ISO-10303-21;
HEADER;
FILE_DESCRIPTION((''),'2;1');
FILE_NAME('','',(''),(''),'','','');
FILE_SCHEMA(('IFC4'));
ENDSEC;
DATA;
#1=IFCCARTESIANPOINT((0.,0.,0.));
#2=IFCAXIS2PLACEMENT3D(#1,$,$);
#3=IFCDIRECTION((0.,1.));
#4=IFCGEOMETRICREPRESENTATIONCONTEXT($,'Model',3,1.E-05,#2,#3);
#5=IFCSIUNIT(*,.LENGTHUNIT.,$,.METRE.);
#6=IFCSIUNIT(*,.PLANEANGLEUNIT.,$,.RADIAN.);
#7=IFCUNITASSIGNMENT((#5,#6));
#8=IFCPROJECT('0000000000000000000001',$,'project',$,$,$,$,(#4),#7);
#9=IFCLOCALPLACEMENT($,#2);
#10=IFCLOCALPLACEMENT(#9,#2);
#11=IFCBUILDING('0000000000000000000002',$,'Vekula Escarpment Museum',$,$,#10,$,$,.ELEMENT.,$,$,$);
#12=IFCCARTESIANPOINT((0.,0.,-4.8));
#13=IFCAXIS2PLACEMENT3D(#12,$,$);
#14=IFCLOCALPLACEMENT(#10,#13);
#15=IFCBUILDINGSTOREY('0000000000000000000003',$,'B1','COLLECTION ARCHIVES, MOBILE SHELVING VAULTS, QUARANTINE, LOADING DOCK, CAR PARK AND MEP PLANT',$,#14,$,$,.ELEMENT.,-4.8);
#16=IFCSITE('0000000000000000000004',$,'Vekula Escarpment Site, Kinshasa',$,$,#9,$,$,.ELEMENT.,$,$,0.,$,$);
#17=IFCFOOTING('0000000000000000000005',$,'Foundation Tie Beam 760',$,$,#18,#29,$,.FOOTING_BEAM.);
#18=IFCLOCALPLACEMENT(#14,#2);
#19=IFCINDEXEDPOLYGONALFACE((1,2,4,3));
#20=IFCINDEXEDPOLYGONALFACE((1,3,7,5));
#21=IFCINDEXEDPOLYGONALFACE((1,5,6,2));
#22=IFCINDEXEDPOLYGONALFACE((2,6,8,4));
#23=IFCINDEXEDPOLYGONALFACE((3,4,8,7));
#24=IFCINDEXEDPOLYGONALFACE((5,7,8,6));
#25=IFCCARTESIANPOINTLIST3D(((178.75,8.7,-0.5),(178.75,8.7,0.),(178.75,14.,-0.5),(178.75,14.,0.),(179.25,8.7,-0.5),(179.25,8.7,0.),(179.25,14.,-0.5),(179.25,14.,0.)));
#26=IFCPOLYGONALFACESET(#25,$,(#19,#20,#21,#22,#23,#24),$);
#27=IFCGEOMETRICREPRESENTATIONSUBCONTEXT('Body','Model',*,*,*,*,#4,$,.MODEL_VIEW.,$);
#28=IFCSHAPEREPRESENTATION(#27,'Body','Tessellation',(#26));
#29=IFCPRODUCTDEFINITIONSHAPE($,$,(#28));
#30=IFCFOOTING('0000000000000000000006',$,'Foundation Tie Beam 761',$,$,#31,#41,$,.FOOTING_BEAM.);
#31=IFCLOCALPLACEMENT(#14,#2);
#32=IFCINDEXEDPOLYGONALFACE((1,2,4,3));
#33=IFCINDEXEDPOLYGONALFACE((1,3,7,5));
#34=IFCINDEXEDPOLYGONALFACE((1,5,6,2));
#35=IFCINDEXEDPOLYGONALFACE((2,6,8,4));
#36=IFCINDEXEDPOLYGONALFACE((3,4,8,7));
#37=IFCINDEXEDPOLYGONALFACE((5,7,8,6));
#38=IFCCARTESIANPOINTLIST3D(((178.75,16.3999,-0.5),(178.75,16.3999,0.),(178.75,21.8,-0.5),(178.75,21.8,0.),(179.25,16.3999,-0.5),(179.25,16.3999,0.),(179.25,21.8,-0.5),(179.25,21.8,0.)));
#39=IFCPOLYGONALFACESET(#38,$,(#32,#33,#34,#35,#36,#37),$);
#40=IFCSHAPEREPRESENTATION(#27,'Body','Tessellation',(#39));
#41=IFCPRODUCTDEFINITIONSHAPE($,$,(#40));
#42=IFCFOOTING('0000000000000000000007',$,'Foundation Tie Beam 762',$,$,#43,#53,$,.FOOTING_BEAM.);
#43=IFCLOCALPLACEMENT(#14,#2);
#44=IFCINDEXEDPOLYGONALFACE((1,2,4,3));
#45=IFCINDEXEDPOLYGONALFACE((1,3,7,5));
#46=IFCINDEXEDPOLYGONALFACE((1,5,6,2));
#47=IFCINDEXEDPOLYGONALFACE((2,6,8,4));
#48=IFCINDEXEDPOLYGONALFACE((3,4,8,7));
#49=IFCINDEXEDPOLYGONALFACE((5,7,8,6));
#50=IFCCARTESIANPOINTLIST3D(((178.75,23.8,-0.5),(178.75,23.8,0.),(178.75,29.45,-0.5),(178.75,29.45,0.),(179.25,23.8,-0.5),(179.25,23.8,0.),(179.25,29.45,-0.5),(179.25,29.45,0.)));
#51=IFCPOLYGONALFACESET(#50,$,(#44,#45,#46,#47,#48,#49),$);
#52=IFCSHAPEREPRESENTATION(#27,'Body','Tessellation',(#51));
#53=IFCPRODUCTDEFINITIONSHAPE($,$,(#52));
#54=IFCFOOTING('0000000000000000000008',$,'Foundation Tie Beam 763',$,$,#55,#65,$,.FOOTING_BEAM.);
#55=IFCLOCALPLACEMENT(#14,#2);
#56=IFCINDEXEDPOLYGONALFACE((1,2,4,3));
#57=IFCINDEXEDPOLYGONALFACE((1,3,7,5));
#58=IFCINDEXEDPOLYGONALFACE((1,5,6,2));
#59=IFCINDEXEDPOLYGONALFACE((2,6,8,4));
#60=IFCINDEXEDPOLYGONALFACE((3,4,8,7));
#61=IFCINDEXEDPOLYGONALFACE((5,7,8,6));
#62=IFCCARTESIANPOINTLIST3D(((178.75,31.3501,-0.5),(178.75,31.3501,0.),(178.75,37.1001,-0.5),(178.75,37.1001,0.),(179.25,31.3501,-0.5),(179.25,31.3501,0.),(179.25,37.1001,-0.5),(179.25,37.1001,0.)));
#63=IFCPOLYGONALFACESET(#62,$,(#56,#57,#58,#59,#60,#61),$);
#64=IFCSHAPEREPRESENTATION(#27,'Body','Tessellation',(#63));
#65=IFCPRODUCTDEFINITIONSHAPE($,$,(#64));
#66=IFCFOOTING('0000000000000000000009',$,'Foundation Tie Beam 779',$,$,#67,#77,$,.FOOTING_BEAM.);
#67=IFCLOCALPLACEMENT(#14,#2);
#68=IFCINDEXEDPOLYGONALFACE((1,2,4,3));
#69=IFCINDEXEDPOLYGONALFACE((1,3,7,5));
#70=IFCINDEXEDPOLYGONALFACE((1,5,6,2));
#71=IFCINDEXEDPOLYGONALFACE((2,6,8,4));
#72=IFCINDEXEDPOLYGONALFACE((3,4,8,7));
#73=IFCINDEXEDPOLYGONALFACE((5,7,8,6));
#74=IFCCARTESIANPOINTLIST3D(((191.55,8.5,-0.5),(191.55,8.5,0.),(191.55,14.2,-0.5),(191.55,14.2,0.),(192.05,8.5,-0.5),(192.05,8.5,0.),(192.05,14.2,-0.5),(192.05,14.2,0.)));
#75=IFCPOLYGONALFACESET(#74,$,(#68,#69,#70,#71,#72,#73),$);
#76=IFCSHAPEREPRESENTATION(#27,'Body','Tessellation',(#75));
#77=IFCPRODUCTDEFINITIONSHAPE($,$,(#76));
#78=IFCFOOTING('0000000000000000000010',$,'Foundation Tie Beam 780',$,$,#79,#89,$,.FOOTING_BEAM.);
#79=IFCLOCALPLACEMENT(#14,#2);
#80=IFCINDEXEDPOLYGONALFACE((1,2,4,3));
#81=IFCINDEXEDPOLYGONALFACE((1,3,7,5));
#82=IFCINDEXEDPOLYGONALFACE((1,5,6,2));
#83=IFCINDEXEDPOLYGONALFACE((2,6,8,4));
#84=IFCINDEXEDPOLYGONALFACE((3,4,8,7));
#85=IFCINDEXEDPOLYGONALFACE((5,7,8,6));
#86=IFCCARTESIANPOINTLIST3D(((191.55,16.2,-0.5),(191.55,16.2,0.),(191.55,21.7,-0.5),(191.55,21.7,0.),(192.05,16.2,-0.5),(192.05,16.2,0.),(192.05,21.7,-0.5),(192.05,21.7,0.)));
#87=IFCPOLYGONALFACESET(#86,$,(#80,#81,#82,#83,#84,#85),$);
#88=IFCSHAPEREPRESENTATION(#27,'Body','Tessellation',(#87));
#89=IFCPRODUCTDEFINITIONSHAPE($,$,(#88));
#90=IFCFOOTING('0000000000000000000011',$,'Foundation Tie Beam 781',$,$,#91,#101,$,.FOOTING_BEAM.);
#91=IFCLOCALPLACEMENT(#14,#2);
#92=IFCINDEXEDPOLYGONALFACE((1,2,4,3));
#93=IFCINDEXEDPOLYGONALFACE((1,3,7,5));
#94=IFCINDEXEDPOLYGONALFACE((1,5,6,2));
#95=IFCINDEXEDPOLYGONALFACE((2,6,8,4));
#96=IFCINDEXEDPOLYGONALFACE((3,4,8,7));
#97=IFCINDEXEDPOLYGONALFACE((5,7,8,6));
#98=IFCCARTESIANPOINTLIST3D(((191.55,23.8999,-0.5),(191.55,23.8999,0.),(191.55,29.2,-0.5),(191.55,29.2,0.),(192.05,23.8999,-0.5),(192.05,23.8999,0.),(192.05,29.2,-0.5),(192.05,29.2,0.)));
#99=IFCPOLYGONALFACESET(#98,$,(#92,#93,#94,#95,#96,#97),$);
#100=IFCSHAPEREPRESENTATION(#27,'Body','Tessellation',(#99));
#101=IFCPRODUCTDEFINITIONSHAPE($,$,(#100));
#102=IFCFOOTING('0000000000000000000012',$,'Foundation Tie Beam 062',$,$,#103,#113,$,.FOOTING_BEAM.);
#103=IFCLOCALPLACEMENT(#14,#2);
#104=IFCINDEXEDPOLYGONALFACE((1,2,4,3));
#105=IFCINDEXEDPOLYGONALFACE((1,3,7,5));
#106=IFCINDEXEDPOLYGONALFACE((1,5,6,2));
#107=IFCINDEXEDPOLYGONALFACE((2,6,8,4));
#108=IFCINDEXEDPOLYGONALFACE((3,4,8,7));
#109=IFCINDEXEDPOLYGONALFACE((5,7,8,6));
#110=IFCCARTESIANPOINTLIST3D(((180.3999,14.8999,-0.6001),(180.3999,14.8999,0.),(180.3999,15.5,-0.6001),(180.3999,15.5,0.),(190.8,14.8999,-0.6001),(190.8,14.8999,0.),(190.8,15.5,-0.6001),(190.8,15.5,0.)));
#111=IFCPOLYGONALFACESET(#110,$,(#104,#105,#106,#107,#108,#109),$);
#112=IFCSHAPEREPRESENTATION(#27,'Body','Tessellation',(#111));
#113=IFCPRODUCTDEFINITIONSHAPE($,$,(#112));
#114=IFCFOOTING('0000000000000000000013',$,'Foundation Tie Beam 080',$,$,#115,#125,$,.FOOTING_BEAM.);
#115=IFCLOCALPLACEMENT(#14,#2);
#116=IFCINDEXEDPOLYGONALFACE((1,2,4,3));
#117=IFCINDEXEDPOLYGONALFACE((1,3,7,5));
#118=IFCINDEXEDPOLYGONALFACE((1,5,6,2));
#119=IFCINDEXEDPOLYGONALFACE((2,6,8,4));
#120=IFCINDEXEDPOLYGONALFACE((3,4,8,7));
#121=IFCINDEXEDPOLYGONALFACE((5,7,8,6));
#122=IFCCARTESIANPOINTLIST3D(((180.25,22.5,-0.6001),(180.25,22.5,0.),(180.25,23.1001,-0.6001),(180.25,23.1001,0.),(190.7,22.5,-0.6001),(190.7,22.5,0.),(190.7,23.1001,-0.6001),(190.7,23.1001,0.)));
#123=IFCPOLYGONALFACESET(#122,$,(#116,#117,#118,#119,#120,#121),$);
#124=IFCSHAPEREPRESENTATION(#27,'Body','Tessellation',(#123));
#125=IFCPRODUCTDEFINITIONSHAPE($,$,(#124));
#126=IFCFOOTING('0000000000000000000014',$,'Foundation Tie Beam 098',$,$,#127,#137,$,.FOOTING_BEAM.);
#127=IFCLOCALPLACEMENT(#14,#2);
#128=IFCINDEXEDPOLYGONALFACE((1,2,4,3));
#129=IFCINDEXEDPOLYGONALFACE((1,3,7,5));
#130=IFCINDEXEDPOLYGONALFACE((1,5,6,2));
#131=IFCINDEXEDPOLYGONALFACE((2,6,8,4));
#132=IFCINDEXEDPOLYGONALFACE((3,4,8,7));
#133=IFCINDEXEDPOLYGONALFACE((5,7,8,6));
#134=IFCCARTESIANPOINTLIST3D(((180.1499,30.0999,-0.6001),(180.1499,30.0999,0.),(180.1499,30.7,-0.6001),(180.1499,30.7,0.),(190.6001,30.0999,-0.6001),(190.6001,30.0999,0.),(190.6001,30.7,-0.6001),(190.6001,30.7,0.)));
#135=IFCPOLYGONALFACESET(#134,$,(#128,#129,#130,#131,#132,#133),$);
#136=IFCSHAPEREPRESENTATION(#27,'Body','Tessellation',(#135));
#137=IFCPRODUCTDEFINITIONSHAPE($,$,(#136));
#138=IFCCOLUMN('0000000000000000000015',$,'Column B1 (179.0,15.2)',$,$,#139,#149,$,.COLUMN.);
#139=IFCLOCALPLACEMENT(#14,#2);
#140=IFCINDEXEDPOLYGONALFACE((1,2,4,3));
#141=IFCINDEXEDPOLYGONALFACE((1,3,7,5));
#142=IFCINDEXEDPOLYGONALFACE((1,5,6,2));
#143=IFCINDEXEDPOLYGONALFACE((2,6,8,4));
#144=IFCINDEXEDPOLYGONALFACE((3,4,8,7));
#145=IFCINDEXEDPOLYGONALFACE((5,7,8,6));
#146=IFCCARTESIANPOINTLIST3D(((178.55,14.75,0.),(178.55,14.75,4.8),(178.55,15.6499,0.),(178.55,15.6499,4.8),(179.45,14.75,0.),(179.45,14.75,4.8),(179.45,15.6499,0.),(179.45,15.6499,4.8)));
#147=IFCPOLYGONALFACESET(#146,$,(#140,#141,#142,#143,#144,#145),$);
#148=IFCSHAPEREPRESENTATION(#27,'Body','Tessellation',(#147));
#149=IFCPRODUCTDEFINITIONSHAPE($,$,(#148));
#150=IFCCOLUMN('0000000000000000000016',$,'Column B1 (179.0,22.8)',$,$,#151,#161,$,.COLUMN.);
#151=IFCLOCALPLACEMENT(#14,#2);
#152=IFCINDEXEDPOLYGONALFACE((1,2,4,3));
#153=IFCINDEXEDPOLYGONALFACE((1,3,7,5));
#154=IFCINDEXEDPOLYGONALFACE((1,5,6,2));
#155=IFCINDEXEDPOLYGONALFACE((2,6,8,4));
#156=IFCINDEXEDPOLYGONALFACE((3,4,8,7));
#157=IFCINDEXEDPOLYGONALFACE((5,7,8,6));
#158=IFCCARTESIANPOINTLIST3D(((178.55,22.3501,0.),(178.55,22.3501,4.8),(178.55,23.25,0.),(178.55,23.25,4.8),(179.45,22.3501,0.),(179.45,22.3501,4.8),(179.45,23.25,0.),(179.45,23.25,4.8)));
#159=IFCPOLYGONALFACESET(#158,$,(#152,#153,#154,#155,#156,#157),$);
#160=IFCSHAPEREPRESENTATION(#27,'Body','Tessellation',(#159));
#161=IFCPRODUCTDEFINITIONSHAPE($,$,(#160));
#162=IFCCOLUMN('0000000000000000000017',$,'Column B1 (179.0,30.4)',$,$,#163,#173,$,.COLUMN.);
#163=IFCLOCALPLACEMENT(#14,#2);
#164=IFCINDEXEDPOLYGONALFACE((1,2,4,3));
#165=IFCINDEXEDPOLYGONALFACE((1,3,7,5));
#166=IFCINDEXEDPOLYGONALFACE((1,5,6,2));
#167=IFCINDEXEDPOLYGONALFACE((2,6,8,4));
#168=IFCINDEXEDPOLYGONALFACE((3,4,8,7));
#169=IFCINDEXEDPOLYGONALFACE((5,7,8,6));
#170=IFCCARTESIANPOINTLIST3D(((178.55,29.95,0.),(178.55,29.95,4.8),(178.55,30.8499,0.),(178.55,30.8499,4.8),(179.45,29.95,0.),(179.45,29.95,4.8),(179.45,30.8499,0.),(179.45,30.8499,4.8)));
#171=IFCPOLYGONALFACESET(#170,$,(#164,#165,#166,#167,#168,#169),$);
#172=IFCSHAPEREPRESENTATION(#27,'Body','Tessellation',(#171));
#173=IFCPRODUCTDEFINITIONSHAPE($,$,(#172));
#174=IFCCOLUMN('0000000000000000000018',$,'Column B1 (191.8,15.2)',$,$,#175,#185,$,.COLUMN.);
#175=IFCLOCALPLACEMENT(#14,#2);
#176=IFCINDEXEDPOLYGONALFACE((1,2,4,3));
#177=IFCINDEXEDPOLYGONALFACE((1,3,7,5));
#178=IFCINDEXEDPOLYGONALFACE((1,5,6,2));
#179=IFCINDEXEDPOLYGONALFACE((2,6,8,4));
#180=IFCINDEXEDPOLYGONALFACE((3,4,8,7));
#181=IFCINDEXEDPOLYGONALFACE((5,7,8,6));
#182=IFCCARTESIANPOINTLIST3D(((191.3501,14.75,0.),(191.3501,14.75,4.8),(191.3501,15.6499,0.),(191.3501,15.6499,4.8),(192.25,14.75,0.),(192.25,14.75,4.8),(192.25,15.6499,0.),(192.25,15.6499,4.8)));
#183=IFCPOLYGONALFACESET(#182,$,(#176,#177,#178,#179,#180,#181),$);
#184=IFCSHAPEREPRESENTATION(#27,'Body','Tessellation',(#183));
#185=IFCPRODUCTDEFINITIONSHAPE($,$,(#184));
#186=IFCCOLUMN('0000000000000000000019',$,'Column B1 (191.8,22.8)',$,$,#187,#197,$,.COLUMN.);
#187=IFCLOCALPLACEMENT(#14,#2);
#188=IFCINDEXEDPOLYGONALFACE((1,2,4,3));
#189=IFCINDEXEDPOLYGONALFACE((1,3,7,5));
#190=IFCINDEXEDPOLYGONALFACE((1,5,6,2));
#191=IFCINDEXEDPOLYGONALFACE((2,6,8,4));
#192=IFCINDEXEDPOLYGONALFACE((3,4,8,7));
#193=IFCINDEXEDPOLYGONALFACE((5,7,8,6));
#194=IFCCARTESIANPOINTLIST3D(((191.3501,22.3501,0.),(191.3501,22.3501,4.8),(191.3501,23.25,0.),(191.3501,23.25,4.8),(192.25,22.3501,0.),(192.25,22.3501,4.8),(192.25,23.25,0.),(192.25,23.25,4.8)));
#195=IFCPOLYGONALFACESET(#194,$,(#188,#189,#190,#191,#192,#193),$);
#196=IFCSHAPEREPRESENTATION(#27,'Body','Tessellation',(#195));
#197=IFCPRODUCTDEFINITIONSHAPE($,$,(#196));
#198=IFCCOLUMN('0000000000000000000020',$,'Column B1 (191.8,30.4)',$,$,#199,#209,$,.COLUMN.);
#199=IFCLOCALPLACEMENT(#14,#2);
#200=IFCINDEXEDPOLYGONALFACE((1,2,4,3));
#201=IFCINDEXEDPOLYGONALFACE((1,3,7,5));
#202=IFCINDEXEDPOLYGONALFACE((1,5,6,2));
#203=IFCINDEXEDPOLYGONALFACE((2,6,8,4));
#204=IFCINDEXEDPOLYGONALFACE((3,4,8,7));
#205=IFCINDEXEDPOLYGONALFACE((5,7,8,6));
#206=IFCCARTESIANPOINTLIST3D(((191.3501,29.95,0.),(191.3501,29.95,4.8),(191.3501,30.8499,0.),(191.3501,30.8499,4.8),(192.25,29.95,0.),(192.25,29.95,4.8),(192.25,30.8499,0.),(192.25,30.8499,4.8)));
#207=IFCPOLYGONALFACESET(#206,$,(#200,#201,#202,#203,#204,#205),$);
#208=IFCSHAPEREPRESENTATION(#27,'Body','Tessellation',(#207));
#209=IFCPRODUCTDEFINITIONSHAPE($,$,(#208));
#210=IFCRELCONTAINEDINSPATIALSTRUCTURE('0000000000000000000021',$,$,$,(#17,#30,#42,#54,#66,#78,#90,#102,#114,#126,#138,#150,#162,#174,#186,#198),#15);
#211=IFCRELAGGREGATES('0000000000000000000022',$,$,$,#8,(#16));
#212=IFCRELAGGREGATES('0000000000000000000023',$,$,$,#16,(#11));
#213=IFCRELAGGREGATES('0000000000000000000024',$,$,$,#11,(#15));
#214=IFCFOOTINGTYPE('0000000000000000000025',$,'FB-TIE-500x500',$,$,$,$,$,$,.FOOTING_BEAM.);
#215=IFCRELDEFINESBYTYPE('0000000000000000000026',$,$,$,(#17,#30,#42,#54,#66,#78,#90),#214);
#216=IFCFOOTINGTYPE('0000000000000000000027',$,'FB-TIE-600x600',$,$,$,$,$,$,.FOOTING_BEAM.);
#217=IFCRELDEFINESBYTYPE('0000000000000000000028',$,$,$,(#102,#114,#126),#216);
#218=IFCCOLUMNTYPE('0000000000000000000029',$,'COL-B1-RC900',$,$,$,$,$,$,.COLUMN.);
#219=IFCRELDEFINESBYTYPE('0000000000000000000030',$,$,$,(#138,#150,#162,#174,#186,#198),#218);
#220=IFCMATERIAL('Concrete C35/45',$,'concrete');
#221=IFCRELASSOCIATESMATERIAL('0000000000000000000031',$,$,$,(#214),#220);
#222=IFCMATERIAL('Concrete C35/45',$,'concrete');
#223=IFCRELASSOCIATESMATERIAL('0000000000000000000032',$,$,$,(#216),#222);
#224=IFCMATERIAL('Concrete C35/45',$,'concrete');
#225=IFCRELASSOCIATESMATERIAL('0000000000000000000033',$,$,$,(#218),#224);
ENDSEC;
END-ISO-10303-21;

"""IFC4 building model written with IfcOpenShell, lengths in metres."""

from ifc_helpers import new_model, si_unit, direction, frame, origin, origin_2d, place, context, subcontext, project, spatial, rectangle, extrude, material, material_profile, profile_set, type_object, element, save


model = new_model("IFC4")

# Units and contexts
model_context = context("Model", 3, precision=1e-05, world=origin(), true_north=direction((0.0, 1.0)))
body_context = subcontext(model_context, "Body", "Model", "MODEL_VIEW")
ifc_project = project(units=[si_unit("LENGTHUNIT", "METRE"), si_unit("PLANEANGLEUNIT", "RADIAN")], contexts=[model_context])

# Site, building, storey
site_placement = place(None, origin())
site = spatial("IfcSite", under=ifc_project, at=site_placement, Name="Vekula Escarpment Site, Kinshasa", CompositionType="ELEMENT", RefElevation=0.0)
building_placement = place(site_placement, origin())
building = spatial("IfcBuilding", under=site, at=building_placement, Name="Vekula Escarpment Museum", CompositionType="ELEMENT")
storey_placement = place(building_placement, frame((0.0, 0.0, -4.8)))
storey = spatial("IfcBuildingStorey", under=building, at=storey_placement, Name="B1", Description="COLLECTION ARCHIVES, MOBILE SHELVING VAULTS, QUARANTINE, LOADING DOCK, CAR PARK AND MEP PLANT", CompositionType="ELEMENT", Elevation=-4.8)

# Footings
ifc_material_1 = material(Name="Concrete C35/45", Category="concrete")
ifc_material_profile_1 = material_profile(ifc_material_1, rectangle(XDim=0.5, YDim=0.5, at=origin_2d()), Name="RC 500x500")
ifc_profile_set_1 = profile_set([ifc_material_profile_1], Name="Concrete C35/45")
footing_type_1 = type_object("IfcFootingType", Name="FB-TIE-500x500", PredefinedType="FOOTING_BEAM", material=ifc_profile_set_1)
footing_1_placement = place(storey_placement, frame((179.0, 8.7, -0.25), z_axis=(0.0, 1.0, 0.0), x_axis=(-1.0, 0.0, 0.0)))
element("IfcFooting", 1, at=footing_1_placement, inside=storey, type_object=footing_type_1, Name="Foundation Tie Beam 760", PredefinedType="FOOTING_BEAM", context=body_context, shape_type="SweptSolid", body=[
    extrude(rectangle(XDim=0.5, YDim=0.5, at=origin_2d()), origin(), (0.0, 0.0, 1.0), 5.3),
])
footing_2_placement = place(storey_placement, frame((179.0, 16.3999, -0.25), z_axis=(0.0, 1.0, 0.0), x_axis=(-1.0, 0.0, 0.0)))
element("IfcFooting", 2, at=footing_2_placement, inside=storey, type_object=footing_type_1, Name="Foundation Tie Beam 761", PredefinedType="FOOTING_BEAM", context=body_context, shape_type="SweptSolid", body=[
    extrude(rectangle(XDim=0.5, YDim=0.5, at=origin_2d()), origin(), (0.0, 0.0, 1.0), 5.4001),
])
footing_3_placement = place(storey_placement, frame((179.0, 23.8, -0.25), z_axis=(0.0, 1.0, 0.0), x_axis=(-1.0, 0.0, 0.0)))
element("IfcFooting", 3, at=footing_3_placement, inside=storey, type_object=footing_type_1, Name="Foundation Tie Beam 762", PredefinedType="FOOTING_BEAM", context=body_context, shape_type="SweptSolid", body=[
    extrude(rectangle(XDim=0.5, YDim=0.5, at=origin_2d()), origin(), (0.0, 0.0, 1.0), 5.6499),
])
footing_4_placement = place(storey_placement, frame((179.0, 31.3501, -0.25), z_axis=(0.0, 1.0, 0.0), x_axis=(-1.0, 0.0, 0.0)))
element("IfcFooting", 4, at=footing_4_placement, inside=storey, type_object=footing_type_1, Name="Foundation Tie Beam 763", PredefinedType="FOOTING_BEAM", context=body_context, shape_type="SweptSolid", body=[
    extrude(rectangle(XDim=0.5, YDim=0.5, at=origin_2d()), origin(), (0.0, 0.0, 1.0), 5.75),
])
footing_5_placement = place(storey_placement, frame((191.8, 8.5, -0.25), z_axis=(0.0, 1.0, 0.0), x_axis=(-1.0, 0.0, 0.0)))
element("IfcFooting", 5, at=footing_5_placement, inside=storey, type_object=footing_type_1, Name="Foundation Tie Beam 779", PredefinedType="FOOTING_BEAM", context=body_context, shape_type="SweptSolid", body=[
    extrude(rectangle(XDim=0.5, YDim=0.5, at=origin_2d()), origin(), (0.0, 0.0, 1.0), 5.7),
])
footing_6_placement = place(storey_placement, frame((191.8, 16.2, -0.25), z_axis=(0.0, 1.0, 0.0), x_axis=(-1.0, 0.0, 0.0)))
element("IfcFooting", 6, at=footing_6_placement, inside=storey, type_object=footing_type_1, Name="Foundation Tie Beam 780", PredefinedType="FOOTING_BEAM", context=body_context, shape_type="SweptSolid", body=[
    extrude(rectangle(XDim=0.5, YDim=0.5, at=origin_2d()), origin(), (0.0, 0.0, 1.0), 5.5),
])
footing_7_placement = place(storey_placement, frame((191.8, 23.8999, -0.25), z_axis=(0.0, 1.0, 0.0), x_axis=(-1.0, 0.0, 0.0)))
element("IfcFooting", 7, at=footing_7_placement, inside=storey, type_object=footing_type_1, Name="Foundation Tie Beam 781", PredefinedType="FOOTING_BEAM", context=body_context, shape_type="SweptSolid", body=[
    extrude(rectangle(XDim=0.5, YDim=0.5, at=origin_2d()), origin(), (0.0, 0.0, 1.0), 5.3),
])
ifc_material_2 = material(Name="Concrete C35/45", Category="concrete")
ifc_material_profile_2 = material_profile(ifc_material_2, rectangle(XDim=0.6001, YDim=0.6001, at=origin_2d()), Name="RC 600x600")
ifc_profile_set_2 = profile_set([ifc_material_profile_2], Name="Concrete C35/45")
footing_type_2 = type_object("IfcFootingType", Name="FB-TIE-600x600", PredefinedType="FOOTING_BEAM", material=ifc_profile_set_2)
footing_8_placement = place(storey_placement, frame((180.3999, 15.2, -0.3), z_axis=(1.0, 0.0, 0.0), x_axis=(0.0, 1.0, 0.0)))
element("IfcFooting", 8, at=footing_8_placement, inside=storey, type_object=footing_type_2, Name="Foundation Tie Beam 062", PredefinedType="FOOTING_BEAM", context=body_context, shape_type="SweptSolid", body=[
    extrude(rectangle(XDim=0.6001, YDim=0.6001, at=origin_2d()), origin(), (0.0, 0.0, 1.0), 10.4001),
])
footing_9_placement = place(storey_placement, frame((180.25, 22.8, -0.3), z_axis=(1.0, 0.0, 0.0), x_axis=(0.0, 1.0, 0.0)))
element("IfcFooting", 9, at=footing_9_placement, inside=storey, type_object=footing_type_2, Name="Foundation Tie Beam 080", PredefinedType="FOOTING_BEAM", context=body_context, shape_type="SweptSolid", body=[
    extrude(rectangle(XDim=0.6001, YDim=0.6001, at=origin_2d()), origin(), (0.0, 0.0, 1.0), 10.45),
])
footing_10_placement = place(storey_placement, frame((180.1499, 30.3999, -0.3), z_axis=(1.0, 0.0, 0.0), x_axis=(0.0, 1.0, 0.0)))
element("IfcFooting", 10, at=footing_10_placement, inside=storey, type_object=footing_type_2, Name="Foundation Tie Beam 098", PredefinedType="FOOTING_BEAM", context=body_context, shape_type="SweptSolid", body=[
    extrude(rectangle(XDim=0.6001, YDim=0.6001, at=origin_2d()), origin(), (0.0, 0.0, 1.0), 10.4502),
])

# Columns
ifc_material_3 = material(Name="Concrete C35/45", Category="concrete")
ifc_material_profile_3 = material_profile(ifc_material_3, rectangle(XDim=0.8999, YDim=0.8999, at=origin_2d()), Name="RC 900x900")
ifc_profile_set_3 = profile_set([ifc_material_profile_3], Name="Concrete C35/45")
column_type = type_object("IfcColumnType", Name="COL-B1-RC900", PredefinedType="COLUMN", material=ifc_profile_set_3)
for number, where, z_axis, x_axis, name in (
    (11, (179.0, 15.2, 0.0), (0.0, 0.0, 1.0), (1.0, 0.0, 0.0), "Column B1 (179.0,15.2)"),
    (12, (179.0, 22.8, 0.0), (0.0, 0.0, 1.0), (1.0, 0.0, 0.0), "Column B1 (179.0,22.8)"),
    (13, (179.0, 30.3999, 0.0), (0.0, 0.0, 1.0), (1.0, 0.0, 0.0), "Column B1 (179.0,30.4)"),
    (14, (191.8, 15.2, 0.0), (0.0, 0.0, 1.0), (1.0, 0.0, 0.0), "Column B1 (191.8,15.2)"),
    (15, (191.8, 22.8, 0.0), (0.0, 0.0, 1.0), (1.0, 0.0, 0.0), "Column B1 (191.8,22.8)"),
    (16, (191.8, 30.3999, 0.0), (0.0, 0.0, 1.0), (1.0, 0.0, 0.0), "Column B1 (191.8,30.4)"),
):
    element("IfcColumn", number, at=place(storey_placement, frame(where, z_axis=z_axis, x_axis=x_axis)), inside=storey, type_object=column_type, Name=name, PredefinedType="COLUMN", context=body_context, shape_type="SweptSolid", body=[
        extrude(rectangle(XDim=0.8999, YDim=0.8999, at=origin_2d()), origin(), (0.0, 0.0, 1.0), 4.8),
    ])

save(model, "model.ifc")
